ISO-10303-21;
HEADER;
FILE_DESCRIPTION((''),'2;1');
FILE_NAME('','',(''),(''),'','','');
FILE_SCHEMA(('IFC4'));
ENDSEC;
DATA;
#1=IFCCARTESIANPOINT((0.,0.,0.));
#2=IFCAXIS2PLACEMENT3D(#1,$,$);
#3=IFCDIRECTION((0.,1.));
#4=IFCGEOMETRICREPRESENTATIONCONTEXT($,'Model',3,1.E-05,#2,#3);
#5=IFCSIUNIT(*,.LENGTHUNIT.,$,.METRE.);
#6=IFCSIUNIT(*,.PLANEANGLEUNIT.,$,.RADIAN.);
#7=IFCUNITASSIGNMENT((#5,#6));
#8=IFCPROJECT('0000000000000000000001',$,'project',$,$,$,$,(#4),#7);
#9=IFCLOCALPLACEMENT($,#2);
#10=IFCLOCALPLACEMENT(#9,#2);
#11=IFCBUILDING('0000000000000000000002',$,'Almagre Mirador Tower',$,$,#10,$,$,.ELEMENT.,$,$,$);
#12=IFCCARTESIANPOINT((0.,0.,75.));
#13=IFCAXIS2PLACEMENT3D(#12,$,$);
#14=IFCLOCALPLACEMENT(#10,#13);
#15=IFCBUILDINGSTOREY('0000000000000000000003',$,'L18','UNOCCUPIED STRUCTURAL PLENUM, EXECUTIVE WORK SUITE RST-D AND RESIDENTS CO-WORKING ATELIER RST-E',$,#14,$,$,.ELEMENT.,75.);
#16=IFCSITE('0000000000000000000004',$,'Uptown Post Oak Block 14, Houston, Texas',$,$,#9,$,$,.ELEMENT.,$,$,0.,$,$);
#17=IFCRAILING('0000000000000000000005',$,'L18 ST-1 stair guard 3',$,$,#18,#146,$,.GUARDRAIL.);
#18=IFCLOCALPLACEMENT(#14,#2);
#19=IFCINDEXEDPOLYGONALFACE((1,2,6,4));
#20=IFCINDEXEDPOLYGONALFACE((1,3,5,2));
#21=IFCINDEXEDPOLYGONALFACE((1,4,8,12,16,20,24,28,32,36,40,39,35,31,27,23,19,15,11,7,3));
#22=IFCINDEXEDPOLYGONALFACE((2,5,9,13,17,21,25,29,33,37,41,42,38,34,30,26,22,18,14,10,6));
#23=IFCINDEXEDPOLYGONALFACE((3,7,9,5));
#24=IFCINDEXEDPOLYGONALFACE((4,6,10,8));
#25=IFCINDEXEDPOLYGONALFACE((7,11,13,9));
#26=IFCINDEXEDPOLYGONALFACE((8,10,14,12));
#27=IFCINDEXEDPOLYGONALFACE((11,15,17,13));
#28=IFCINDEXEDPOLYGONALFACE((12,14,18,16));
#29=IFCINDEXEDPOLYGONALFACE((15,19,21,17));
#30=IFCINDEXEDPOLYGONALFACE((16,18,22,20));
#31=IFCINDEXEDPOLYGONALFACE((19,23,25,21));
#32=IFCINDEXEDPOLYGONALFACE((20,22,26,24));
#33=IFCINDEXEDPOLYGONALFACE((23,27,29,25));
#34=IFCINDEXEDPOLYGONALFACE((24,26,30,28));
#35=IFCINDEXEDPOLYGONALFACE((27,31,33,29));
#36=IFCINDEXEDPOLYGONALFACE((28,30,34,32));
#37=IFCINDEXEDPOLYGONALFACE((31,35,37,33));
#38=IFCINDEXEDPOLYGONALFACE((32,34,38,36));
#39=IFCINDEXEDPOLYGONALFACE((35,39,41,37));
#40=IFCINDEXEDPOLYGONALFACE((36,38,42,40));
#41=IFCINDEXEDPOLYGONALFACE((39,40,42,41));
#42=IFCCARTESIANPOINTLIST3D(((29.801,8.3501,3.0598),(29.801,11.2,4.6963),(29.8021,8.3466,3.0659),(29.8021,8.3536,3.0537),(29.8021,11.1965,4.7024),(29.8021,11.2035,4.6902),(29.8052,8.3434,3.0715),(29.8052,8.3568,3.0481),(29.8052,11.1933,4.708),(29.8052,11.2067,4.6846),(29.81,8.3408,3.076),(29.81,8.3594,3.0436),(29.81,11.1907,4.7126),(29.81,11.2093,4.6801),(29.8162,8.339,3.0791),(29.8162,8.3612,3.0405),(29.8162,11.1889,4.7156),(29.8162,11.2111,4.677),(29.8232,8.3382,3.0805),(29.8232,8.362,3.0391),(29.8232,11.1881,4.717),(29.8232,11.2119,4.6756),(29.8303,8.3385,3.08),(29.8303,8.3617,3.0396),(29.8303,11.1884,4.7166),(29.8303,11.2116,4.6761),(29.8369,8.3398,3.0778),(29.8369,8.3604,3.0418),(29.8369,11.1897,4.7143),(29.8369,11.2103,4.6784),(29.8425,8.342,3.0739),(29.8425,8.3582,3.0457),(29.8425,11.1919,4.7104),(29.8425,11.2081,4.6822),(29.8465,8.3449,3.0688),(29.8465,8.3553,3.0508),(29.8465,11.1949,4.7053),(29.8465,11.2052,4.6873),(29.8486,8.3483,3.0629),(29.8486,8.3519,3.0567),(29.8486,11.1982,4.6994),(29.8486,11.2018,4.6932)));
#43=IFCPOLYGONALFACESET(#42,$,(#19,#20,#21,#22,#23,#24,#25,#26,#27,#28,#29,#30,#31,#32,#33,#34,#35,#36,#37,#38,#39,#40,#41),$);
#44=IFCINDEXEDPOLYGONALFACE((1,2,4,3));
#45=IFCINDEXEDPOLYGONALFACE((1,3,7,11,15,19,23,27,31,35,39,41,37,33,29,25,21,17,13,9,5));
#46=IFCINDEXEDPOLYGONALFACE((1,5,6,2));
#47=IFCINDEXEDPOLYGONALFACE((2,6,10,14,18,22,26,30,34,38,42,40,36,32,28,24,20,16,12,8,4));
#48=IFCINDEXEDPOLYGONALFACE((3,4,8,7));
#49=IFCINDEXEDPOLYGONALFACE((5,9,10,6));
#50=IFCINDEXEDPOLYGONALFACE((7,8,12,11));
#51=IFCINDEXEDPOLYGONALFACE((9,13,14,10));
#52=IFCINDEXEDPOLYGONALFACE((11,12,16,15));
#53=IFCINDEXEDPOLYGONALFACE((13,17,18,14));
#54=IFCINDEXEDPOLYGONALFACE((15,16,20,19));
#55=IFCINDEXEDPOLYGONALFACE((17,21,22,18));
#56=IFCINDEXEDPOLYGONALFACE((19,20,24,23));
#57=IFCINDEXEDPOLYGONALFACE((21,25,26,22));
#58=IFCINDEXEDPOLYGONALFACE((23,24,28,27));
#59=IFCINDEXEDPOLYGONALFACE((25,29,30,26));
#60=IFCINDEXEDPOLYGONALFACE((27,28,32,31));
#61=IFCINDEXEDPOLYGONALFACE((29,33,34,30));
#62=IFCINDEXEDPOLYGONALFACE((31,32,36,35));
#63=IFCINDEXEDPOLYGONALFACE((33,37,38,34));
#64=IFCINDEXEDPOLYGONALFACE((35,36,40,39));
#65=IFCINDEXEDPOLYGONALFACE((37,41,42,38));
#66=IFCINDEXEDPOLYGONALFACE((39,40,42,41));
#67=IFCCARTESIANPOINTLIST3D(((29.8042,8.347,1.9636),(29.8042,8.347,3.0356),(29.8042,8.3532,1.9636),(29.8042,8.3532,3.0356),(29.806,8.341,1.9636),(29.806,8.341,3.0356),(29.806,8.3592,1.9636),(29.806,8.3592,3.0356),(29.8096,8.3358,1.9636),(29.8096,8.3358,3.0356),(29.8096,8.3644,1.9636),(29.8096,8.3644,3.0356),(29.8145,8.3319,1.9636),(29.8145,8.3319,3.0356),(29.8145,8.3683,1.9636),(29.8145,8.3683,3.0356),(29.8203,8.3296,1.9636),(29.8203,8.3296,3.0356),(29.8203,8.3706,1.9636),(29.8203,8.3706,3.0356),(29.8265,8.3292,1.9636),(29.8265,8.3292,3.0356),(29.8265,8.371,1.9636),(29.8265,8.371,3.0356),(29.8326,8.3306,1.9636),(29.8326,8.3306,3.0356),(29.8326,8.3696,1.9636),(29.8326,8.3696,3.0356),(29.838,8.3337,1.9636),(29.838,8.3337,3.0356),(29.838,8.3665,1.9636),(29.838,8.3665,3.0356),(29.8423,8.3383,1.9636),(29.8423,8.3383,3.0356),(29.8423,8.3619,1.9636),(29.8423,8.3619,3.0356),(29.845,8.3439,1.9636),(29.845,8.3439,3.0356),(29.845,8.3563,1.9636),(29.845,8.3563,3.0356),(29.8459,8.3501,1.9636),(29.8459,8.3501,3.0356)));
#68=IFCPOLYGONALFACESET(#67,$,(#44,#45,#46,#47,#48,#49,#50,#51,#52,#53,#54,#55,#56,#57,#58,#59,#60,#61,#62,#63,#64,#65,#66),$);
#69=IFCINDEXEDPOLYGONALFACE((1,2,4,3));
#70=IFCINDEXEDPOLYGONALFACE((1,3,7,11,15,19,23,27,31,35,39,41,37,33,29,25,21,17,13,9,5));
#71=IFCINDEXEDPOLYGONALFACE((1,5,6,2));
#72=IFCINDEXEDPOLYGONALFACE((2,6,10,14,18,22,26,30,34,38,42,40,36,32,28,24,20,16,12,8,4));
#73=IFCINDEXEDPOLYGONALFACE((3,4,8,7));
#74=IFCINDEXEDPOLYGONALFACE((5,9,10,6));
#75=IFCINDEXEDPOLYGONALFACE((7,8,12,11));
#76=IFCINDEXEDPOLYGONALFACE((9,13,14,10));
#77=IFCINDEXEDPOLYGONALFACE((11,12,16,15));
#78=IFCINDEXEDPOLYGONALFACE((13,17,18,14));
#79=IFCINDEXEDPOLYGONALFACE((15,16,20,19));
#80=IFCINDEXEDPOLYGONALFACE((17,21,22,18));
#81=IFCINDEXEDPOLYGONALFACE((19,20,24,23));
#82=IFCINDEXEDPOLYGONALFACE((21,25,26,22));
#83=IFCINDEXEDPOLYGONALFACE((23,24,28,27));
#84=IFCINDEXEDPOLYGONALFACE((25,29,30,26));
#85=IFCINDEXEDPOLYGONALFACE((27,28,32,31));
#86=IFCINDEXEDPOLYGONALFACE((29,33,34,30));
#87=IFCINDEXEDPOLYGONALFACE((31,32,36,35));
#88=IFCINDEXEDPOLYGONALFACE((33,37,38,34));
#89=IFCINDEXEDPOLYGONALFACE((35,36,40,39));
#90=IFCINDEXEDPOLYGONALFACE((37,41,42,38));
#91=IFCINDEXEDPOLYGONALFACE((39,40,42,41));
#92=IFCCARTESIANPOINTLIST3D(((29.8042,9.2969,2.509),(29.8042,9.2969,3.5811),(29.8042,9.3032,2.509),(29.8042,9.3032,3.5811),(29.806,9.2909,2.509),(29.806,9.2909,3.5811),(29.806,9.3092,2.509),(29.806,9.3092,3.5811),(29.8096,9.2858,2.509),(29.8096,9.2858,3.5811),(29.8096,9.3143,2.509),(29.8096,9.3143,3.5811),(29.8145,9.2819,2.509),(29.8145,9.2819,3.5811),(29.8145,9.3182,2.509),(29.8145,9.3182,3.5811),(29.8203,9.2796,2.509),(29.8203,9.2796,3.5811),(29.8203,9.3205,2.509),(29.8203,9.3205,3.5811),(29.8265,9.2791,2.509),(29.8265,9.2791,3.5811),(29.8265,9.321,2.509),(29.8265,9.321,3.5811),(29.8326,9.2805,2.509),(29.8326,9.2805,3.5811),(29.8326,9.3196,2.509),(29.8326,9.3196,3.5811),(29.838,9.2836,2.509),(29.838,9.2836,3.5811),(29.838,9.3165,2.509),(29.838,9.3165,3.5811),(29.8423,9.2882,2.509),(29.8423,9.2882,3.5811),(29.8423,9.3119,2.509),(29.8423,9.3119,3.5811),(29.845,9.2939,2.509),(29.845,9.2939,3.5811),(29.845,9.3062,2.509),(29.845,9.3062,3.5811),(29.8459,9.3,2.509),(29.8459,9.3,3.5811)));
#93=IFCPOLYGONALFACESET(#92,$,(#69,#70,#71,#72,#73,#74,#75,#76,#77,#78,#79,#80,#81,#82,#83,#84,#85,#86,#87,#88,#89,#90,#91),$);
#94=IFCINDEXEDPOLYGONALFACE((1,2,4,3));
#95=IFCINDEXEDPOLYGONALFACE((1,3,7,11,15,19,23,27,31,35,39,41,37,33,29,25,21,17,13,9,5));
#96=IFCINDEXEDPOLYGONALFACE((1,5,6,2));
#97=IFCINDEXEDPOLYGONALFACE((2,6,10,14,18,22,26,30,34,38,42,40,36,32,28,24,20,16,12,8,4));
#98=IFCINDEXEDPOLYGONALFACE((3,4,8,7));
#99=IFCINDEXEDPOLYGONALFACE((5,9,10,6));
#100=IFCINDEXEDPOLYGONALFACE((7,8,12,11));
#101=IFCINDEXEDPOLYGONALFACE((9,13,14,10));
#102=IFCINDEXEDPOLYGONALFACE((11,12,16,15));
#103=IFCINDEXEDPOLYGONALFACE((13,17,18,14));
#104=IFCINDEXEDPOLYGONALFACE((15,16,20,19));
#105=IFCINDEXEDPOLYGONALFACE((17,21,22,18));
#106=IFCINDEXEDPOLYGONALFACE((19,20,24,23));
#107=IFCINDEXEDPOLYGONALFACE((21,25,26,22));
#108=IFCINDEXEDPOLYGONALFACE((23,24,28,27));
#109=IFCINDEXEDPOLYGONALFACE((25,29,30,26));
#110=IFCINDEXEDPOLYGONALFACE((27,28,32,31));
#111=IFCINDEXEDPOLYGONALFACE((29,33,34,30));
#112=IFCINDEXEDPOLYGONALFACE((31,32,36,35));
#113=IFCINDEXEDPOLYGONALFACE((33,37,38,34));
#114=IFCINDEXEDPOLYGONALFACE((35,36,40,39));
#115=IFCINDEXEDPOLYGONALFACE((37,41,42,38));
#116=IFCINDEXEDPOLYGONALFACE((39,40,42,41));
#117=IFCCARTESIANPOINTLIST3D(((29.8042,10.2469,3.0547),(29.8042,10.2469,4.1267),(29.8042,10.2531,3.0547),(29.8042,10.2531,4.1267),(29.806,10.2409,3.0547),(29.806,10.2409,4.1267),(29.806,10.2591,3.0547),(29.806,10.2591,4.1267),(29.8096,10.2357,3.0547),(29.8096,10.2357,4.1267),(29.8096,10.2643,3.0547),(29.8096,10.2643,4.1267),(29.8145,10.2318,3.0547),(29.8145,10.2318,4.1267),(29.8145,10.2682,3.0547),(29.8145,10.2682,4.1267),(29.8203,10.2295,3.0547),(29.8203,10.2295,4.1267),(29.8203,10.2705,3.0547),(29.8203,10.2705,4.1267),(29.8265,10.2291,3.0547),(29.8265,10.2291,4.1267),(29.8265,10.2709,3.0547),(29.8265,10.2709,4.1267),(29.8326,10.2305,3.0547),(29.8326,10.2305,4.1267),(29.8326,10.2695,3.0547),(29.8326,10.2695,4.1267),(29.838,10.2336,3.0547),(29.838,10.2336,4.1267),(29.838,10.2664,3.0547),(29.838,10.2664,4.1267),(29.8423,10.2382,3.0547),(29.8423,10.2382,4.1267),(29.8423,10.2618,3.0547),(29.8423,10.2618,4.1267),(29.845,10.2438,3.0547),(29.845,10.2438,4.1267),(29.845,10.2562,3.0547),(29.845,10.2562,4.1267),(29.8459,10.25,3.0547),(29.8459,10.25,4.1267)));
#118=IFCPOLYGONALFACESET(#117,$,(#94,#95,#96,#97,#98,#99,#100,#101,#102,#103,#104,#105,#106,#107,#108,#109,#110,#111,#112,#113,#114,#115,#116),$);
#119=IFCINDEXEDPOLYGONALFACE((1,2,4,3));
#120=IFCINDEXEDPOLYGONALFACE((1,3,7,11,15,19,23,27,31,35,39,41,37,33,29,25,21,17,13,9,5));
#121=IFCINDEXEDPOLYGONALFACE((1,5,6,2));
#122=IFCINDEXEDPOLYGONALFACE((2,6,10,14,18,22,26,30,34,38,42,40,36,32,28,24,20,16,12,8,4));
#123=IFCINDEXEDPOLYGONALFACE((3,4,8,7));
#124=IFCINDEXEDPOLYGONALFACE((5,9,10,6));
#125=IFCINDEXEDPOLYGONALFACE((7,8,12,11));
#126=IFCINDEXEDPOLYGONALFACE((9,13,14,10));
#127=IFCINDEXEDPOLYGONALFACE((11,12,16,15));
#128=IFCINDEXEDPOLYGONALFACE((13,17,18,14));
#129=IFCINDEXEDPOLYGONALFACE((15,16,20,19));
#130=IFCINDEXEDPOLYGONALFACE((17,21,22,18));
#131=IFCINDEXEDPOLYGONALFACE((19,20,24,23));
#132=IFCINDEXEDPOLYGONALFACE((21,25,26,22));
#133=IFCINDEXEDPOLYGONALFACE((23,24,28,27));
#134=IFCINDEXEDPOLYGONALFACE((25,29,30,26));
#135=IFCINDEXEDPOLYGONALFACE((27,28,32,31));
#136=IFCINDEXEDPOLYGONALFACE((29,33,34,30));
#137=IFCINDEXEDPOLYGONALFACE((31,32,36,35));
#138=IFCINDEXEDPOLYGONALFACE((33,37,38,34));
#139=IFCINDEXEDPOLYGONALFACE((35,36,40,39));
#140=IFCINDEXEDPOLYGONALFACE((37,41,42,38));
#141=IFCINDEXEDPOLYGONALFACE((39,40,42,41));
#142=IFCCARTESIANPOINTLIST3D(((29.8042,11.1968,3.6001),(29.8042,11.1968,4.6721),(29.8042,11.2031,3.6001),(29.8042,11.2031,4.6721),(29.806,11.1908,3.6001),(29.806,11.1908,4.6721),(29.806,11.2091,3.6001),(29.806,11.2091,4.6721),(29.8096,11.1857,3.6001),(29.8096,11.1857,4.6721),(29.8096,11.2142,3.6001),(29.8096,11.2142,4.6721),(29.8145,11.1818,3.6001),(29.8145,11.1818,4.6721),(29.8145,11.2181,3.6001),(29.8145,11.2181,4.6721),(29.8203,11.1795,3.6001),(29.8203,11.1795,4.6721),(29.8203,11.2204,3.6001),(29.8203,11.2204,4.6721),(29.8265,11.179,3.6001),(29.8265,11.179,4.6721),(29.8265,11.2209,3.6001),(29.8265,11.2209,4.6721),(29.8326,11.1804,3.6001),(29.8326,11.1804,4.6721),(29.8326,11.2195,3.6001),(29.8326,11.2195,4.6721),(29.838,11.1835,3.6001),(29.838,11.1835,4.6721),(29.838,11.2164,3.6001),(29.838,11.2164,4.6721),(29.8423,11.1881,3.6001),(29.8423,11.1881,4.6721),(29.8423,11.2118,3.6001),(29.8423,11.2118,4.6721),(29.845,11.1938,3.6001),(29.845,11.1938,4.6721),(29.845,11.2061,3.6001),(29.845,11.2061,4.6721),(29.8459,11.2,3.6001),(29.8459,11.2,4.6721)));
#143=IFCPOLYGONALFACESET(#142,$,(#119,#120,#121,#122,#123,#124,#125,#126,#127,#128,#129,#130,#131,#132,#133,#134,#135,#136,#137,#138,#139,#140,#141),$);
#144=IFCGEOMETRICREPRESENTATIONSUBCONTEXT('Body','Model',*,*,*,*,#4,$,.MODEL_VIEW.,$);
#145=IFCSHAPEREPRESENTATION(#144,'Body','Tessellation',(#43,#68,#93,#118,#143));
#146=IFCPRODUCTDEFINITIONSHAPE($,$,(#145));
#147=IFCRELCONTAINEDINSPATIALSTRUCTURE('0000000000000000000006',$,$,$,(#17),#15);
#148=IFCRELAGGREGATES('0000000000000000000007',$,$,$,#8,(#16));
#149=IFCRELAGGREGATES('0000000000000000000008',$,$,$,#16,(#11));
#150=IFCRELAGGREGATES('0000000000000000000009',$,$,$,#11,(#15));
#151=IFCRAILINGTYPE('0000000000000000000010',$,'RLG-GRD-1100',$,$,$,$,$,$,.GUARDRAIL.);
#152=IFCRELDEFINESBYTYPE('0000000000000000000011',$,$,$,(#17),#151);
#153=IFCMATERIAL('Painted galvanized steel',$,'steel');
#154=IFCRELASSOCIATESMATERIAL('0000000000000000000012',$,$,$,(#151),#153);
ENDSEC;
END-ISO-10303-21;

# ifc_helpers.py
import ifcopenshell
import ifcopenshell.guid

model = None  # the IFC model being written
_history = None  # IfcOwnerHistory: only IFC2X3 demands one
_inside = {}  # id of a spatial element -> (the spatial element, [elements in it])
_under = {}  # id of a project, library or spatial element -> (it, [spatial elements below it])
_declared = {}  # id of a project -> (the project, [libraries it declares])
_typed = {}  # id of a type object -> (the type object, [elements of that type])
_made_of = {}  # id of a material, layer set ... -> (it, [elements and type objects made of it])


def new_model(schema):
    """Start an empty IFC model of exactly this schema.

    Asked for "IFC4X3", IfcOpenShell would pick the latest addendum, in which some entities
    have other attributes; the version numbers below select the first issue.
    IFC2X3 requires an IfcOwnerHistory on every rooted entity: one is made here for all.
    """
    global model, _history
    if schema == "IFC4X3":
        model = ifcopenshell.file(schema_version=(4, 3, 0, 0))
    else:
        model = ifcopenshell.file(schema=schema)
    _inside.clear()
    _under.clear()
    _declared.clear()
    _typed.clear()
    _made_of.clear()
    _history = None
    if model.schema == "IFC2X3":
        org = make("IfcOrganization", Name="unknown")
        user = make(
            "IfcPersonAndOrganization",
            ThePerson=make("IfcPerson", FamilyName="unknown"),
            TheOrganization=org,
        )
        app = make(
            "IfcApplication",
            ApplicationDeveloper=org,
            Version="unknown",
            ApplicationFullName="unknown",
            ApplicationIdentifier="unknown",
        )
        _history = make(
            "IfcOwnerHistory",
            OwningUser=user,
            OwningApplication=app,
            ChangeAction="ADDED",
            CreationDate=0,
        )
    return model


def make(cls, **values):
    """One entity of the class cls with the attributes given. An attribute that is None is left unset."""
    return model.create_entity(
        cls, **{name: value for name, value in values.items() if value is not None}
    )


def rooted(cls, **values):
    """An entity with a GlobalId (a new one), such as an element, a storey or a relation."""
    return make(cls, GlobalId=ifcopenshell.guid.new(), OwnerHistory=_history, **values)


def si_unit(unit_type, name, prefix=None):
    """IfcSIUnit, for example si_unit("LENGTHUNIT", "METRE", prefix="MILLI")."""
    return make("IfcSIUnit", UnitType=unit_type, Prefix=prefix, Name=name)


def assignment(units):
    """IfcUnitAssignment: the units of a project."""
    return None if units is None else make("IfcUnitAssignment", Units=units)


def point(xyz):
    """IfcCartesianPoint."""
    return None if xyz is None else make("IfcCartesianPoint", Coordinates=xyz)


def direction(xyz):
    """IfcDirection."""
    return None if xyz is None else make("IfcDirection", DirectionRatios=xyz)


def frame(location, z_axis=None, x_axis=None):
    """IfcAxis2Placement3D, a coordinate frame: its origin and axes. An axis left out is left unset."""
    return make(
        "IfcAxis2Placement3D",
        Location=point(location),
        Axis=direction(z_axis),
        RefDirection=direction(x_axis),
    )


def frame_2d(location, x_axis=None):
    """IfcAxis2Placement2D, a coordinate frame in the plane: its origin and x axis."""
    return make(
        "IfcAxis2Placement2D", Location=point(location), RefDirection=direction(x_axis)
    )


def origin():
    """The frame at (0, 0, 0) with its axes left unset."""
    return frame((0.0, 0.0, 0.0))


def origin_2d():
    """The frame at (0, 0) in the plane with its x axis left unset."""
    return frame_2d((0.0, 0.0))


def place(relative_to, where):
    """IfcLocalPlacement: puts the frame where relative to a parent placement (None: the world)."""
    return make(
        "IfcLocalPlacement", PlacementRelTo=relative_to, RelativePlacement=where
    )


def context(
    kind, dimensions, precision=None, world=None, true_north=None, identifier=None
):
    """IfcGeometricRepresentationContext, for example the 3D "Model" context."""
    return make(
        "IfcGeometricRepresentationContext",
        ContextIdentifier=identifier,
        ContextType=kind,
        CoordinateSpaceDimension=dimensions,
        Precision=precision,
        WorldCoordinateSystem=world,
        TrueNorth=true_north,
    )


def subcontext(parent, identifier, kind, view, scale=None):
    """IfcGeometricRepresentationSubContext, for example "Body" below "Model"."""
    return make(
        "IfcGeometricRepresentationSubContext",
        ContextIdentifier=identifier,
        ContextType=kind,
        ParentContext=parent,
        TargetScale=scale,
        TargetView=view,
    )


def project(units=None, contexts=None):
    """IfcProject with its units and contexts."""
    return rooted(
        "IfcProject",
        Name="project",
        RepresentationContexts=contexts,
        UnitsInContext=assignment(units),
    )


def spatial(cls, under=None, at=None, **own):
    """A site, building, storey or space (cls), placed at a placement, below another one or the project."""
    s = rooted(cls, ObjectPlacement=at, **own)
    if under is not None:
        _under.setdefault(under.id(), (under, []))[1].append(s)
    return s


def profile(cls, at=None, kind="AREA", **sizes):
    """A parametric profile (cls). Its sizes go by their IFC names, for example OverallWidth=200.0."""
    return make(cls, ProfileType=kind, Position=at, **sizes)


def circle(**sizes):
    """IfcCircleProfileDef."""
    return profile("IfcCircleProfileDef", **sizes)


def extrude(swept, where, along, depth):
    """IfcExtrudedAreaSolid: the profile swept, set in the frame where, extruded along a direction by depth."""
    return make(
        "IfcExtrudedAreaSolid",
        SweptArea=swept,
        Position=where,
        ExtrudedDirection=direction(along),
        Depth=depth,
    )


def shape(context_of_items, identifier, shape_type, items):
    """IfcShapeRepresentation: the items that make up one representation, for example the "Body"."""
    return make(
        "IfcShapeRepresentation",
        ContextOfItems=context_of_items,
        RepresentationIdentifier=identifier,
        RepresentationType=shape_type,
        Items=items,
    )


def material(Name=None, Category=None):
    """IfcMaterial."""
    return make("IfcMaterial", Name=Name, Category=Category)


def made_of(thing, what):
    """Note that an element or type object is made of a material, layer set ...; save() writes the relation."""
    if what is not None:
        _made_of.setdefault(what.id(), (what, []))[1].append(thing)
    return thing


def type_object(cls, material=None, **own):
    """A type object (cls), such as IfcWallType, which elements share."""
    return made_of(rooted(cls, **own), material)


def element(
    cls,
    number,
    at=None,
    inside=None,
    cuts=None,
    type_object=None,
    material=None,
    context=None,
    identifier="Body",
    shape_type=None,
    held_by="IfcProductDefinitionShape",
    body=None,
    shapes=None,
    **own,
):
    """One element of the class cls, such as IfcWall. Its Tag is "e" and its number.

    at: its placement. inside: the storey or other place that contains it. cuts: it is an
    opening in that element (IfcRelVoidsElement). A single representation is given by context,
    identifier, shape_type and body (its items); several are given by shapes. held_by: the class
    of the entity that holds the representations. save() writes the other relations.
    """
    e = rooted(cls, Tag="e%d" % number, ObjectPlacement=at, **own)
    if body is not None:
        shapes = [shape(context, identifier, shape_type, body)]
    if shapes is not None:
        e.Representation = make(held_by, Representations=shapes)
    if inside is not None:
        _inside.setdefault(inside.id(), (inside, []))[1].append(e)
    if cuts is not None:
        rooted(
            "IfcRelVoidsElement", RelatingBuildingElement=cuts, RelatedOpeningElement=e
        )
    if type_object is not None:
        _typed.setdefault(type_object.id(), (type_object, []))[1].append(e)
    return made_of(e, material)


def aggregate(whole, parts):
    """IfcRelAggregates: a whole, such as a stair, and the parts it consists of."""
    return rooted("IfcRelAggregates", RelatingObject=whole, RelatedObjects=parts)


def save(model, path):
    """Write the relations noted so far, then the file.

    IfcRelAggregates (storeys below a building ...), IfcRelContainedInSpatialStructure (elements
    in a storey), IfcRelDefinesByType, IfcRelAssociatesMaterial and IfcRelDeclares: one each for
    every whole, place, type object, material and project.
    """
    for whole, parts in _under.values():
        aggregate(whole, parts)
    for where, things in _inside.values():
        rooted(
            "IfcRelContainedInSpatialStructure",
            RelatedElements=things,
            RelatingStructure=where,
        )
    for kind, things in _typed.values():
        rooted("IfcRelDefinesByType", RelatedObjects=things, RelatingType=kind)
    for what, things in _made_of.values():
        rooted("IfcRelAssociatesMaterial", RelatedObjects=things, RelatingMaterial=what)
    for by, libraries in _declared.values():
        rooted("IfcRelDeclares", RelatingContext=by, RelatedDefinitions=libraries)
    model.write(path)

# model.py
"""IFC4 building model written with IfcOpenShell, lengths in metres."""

from ifc_helpers import new_model, si_unit, direction, frame, origin, origin_2d, place, context, subcontext, project, spatial, circle, extrude, material, type_object, element, save


model = new_model("IFC4")

# Units and contexts
model_context = context("Model", 3, precision=1e-05, world=origin(), true_north=direction((0.0, 1.0)))
body_context = subcontext(model_context, "Body", "Model", "MODEL_VIEW")
ifc_project = project(units=[si_unit("LENGTHUNIT", "METRE"), si_unit("PLANEANGLEUNIT", "RADIAN")], contexts=[model_context])

# Site, building, storey
site_placement = place(None, origin())
site = spatial("IfcSite", under=ifc_project, at=site_placement, Name="Uptown Post Oak Block 14, Houston, Texas", CompositionType="ELEMENT", RefElevation=0.0)
building_placement = place(site_placement, origin())
building = spatial("IfcBuilding", under=site, at=building_placement, Name="Almagre Mirador Tower", CompositionType="ELEMENT")
storey_placement = place(building_placement, frame((0.0, 0.0, 75.0)))
storey = spatial("IfcBuildingStorey", under=building, at=storey_placement, Name="L18", Description="UNOCCUPIED STRUCTURAL PLENUM, EXECUTIVE WORK SUITE RST-D AND RESIDENTS CO-WORKING ATELIER RST-E", CompositionType="ELEMENT", Elevation=75.0)

# Railing
ifc_material_1 = material(Name="Painted galvanized steel", Category="steel")
railing_type_1 = type_object("IfcRailingType", Name="RLG-GRD-1100", PredefinedType="GUARDRAIL", material=ifc_material_1)
railing_1_placement = place(storey_placement, frame((29.825, 8.3501, 1.9636)))
element("IfcRailing", 1, at=railing_1_placement, inside=storey, type_object=railing_type_1, Name="L18 ST-1 stair guard 3", PredefinedType="GUARDRAIL", context=body_context, shape_type="SweptSolid", body=[
    extrude(circle(Radius=0.0239, at=origin_2d()), frame((0.0, 0.0, 1.0962), z_axis=(0.0, 0.867194, 0.49797), x_axis=(-1.0, 0.0, 0.0)), (0.0, 0.0, 1.0), 3.2864),
    extrude(circle(Radius=0.021, at=origin_2d()), origin(), (0.0, 0.0, 1.0), 1.072),
    extrude(circle(Radius=0.021, at=origin_2d()), frame((0.0, 0.95, 0.5454)), (0.0, 0.0, 1.0), 1.072),
    extrude(circle(Radius=0.021, at=origin_2d()), frame((0.0, 1.8999, 1.0911)), (0.0, 0.0, 1.0), 1.072),
    extrude(circle(Radius=0.021, at=origin_2d()), frame((0.0, 2.8499, 1.6365)), (0.0, 0.0, 1.0), 1.072),
])

save(model, "model.ifc")
